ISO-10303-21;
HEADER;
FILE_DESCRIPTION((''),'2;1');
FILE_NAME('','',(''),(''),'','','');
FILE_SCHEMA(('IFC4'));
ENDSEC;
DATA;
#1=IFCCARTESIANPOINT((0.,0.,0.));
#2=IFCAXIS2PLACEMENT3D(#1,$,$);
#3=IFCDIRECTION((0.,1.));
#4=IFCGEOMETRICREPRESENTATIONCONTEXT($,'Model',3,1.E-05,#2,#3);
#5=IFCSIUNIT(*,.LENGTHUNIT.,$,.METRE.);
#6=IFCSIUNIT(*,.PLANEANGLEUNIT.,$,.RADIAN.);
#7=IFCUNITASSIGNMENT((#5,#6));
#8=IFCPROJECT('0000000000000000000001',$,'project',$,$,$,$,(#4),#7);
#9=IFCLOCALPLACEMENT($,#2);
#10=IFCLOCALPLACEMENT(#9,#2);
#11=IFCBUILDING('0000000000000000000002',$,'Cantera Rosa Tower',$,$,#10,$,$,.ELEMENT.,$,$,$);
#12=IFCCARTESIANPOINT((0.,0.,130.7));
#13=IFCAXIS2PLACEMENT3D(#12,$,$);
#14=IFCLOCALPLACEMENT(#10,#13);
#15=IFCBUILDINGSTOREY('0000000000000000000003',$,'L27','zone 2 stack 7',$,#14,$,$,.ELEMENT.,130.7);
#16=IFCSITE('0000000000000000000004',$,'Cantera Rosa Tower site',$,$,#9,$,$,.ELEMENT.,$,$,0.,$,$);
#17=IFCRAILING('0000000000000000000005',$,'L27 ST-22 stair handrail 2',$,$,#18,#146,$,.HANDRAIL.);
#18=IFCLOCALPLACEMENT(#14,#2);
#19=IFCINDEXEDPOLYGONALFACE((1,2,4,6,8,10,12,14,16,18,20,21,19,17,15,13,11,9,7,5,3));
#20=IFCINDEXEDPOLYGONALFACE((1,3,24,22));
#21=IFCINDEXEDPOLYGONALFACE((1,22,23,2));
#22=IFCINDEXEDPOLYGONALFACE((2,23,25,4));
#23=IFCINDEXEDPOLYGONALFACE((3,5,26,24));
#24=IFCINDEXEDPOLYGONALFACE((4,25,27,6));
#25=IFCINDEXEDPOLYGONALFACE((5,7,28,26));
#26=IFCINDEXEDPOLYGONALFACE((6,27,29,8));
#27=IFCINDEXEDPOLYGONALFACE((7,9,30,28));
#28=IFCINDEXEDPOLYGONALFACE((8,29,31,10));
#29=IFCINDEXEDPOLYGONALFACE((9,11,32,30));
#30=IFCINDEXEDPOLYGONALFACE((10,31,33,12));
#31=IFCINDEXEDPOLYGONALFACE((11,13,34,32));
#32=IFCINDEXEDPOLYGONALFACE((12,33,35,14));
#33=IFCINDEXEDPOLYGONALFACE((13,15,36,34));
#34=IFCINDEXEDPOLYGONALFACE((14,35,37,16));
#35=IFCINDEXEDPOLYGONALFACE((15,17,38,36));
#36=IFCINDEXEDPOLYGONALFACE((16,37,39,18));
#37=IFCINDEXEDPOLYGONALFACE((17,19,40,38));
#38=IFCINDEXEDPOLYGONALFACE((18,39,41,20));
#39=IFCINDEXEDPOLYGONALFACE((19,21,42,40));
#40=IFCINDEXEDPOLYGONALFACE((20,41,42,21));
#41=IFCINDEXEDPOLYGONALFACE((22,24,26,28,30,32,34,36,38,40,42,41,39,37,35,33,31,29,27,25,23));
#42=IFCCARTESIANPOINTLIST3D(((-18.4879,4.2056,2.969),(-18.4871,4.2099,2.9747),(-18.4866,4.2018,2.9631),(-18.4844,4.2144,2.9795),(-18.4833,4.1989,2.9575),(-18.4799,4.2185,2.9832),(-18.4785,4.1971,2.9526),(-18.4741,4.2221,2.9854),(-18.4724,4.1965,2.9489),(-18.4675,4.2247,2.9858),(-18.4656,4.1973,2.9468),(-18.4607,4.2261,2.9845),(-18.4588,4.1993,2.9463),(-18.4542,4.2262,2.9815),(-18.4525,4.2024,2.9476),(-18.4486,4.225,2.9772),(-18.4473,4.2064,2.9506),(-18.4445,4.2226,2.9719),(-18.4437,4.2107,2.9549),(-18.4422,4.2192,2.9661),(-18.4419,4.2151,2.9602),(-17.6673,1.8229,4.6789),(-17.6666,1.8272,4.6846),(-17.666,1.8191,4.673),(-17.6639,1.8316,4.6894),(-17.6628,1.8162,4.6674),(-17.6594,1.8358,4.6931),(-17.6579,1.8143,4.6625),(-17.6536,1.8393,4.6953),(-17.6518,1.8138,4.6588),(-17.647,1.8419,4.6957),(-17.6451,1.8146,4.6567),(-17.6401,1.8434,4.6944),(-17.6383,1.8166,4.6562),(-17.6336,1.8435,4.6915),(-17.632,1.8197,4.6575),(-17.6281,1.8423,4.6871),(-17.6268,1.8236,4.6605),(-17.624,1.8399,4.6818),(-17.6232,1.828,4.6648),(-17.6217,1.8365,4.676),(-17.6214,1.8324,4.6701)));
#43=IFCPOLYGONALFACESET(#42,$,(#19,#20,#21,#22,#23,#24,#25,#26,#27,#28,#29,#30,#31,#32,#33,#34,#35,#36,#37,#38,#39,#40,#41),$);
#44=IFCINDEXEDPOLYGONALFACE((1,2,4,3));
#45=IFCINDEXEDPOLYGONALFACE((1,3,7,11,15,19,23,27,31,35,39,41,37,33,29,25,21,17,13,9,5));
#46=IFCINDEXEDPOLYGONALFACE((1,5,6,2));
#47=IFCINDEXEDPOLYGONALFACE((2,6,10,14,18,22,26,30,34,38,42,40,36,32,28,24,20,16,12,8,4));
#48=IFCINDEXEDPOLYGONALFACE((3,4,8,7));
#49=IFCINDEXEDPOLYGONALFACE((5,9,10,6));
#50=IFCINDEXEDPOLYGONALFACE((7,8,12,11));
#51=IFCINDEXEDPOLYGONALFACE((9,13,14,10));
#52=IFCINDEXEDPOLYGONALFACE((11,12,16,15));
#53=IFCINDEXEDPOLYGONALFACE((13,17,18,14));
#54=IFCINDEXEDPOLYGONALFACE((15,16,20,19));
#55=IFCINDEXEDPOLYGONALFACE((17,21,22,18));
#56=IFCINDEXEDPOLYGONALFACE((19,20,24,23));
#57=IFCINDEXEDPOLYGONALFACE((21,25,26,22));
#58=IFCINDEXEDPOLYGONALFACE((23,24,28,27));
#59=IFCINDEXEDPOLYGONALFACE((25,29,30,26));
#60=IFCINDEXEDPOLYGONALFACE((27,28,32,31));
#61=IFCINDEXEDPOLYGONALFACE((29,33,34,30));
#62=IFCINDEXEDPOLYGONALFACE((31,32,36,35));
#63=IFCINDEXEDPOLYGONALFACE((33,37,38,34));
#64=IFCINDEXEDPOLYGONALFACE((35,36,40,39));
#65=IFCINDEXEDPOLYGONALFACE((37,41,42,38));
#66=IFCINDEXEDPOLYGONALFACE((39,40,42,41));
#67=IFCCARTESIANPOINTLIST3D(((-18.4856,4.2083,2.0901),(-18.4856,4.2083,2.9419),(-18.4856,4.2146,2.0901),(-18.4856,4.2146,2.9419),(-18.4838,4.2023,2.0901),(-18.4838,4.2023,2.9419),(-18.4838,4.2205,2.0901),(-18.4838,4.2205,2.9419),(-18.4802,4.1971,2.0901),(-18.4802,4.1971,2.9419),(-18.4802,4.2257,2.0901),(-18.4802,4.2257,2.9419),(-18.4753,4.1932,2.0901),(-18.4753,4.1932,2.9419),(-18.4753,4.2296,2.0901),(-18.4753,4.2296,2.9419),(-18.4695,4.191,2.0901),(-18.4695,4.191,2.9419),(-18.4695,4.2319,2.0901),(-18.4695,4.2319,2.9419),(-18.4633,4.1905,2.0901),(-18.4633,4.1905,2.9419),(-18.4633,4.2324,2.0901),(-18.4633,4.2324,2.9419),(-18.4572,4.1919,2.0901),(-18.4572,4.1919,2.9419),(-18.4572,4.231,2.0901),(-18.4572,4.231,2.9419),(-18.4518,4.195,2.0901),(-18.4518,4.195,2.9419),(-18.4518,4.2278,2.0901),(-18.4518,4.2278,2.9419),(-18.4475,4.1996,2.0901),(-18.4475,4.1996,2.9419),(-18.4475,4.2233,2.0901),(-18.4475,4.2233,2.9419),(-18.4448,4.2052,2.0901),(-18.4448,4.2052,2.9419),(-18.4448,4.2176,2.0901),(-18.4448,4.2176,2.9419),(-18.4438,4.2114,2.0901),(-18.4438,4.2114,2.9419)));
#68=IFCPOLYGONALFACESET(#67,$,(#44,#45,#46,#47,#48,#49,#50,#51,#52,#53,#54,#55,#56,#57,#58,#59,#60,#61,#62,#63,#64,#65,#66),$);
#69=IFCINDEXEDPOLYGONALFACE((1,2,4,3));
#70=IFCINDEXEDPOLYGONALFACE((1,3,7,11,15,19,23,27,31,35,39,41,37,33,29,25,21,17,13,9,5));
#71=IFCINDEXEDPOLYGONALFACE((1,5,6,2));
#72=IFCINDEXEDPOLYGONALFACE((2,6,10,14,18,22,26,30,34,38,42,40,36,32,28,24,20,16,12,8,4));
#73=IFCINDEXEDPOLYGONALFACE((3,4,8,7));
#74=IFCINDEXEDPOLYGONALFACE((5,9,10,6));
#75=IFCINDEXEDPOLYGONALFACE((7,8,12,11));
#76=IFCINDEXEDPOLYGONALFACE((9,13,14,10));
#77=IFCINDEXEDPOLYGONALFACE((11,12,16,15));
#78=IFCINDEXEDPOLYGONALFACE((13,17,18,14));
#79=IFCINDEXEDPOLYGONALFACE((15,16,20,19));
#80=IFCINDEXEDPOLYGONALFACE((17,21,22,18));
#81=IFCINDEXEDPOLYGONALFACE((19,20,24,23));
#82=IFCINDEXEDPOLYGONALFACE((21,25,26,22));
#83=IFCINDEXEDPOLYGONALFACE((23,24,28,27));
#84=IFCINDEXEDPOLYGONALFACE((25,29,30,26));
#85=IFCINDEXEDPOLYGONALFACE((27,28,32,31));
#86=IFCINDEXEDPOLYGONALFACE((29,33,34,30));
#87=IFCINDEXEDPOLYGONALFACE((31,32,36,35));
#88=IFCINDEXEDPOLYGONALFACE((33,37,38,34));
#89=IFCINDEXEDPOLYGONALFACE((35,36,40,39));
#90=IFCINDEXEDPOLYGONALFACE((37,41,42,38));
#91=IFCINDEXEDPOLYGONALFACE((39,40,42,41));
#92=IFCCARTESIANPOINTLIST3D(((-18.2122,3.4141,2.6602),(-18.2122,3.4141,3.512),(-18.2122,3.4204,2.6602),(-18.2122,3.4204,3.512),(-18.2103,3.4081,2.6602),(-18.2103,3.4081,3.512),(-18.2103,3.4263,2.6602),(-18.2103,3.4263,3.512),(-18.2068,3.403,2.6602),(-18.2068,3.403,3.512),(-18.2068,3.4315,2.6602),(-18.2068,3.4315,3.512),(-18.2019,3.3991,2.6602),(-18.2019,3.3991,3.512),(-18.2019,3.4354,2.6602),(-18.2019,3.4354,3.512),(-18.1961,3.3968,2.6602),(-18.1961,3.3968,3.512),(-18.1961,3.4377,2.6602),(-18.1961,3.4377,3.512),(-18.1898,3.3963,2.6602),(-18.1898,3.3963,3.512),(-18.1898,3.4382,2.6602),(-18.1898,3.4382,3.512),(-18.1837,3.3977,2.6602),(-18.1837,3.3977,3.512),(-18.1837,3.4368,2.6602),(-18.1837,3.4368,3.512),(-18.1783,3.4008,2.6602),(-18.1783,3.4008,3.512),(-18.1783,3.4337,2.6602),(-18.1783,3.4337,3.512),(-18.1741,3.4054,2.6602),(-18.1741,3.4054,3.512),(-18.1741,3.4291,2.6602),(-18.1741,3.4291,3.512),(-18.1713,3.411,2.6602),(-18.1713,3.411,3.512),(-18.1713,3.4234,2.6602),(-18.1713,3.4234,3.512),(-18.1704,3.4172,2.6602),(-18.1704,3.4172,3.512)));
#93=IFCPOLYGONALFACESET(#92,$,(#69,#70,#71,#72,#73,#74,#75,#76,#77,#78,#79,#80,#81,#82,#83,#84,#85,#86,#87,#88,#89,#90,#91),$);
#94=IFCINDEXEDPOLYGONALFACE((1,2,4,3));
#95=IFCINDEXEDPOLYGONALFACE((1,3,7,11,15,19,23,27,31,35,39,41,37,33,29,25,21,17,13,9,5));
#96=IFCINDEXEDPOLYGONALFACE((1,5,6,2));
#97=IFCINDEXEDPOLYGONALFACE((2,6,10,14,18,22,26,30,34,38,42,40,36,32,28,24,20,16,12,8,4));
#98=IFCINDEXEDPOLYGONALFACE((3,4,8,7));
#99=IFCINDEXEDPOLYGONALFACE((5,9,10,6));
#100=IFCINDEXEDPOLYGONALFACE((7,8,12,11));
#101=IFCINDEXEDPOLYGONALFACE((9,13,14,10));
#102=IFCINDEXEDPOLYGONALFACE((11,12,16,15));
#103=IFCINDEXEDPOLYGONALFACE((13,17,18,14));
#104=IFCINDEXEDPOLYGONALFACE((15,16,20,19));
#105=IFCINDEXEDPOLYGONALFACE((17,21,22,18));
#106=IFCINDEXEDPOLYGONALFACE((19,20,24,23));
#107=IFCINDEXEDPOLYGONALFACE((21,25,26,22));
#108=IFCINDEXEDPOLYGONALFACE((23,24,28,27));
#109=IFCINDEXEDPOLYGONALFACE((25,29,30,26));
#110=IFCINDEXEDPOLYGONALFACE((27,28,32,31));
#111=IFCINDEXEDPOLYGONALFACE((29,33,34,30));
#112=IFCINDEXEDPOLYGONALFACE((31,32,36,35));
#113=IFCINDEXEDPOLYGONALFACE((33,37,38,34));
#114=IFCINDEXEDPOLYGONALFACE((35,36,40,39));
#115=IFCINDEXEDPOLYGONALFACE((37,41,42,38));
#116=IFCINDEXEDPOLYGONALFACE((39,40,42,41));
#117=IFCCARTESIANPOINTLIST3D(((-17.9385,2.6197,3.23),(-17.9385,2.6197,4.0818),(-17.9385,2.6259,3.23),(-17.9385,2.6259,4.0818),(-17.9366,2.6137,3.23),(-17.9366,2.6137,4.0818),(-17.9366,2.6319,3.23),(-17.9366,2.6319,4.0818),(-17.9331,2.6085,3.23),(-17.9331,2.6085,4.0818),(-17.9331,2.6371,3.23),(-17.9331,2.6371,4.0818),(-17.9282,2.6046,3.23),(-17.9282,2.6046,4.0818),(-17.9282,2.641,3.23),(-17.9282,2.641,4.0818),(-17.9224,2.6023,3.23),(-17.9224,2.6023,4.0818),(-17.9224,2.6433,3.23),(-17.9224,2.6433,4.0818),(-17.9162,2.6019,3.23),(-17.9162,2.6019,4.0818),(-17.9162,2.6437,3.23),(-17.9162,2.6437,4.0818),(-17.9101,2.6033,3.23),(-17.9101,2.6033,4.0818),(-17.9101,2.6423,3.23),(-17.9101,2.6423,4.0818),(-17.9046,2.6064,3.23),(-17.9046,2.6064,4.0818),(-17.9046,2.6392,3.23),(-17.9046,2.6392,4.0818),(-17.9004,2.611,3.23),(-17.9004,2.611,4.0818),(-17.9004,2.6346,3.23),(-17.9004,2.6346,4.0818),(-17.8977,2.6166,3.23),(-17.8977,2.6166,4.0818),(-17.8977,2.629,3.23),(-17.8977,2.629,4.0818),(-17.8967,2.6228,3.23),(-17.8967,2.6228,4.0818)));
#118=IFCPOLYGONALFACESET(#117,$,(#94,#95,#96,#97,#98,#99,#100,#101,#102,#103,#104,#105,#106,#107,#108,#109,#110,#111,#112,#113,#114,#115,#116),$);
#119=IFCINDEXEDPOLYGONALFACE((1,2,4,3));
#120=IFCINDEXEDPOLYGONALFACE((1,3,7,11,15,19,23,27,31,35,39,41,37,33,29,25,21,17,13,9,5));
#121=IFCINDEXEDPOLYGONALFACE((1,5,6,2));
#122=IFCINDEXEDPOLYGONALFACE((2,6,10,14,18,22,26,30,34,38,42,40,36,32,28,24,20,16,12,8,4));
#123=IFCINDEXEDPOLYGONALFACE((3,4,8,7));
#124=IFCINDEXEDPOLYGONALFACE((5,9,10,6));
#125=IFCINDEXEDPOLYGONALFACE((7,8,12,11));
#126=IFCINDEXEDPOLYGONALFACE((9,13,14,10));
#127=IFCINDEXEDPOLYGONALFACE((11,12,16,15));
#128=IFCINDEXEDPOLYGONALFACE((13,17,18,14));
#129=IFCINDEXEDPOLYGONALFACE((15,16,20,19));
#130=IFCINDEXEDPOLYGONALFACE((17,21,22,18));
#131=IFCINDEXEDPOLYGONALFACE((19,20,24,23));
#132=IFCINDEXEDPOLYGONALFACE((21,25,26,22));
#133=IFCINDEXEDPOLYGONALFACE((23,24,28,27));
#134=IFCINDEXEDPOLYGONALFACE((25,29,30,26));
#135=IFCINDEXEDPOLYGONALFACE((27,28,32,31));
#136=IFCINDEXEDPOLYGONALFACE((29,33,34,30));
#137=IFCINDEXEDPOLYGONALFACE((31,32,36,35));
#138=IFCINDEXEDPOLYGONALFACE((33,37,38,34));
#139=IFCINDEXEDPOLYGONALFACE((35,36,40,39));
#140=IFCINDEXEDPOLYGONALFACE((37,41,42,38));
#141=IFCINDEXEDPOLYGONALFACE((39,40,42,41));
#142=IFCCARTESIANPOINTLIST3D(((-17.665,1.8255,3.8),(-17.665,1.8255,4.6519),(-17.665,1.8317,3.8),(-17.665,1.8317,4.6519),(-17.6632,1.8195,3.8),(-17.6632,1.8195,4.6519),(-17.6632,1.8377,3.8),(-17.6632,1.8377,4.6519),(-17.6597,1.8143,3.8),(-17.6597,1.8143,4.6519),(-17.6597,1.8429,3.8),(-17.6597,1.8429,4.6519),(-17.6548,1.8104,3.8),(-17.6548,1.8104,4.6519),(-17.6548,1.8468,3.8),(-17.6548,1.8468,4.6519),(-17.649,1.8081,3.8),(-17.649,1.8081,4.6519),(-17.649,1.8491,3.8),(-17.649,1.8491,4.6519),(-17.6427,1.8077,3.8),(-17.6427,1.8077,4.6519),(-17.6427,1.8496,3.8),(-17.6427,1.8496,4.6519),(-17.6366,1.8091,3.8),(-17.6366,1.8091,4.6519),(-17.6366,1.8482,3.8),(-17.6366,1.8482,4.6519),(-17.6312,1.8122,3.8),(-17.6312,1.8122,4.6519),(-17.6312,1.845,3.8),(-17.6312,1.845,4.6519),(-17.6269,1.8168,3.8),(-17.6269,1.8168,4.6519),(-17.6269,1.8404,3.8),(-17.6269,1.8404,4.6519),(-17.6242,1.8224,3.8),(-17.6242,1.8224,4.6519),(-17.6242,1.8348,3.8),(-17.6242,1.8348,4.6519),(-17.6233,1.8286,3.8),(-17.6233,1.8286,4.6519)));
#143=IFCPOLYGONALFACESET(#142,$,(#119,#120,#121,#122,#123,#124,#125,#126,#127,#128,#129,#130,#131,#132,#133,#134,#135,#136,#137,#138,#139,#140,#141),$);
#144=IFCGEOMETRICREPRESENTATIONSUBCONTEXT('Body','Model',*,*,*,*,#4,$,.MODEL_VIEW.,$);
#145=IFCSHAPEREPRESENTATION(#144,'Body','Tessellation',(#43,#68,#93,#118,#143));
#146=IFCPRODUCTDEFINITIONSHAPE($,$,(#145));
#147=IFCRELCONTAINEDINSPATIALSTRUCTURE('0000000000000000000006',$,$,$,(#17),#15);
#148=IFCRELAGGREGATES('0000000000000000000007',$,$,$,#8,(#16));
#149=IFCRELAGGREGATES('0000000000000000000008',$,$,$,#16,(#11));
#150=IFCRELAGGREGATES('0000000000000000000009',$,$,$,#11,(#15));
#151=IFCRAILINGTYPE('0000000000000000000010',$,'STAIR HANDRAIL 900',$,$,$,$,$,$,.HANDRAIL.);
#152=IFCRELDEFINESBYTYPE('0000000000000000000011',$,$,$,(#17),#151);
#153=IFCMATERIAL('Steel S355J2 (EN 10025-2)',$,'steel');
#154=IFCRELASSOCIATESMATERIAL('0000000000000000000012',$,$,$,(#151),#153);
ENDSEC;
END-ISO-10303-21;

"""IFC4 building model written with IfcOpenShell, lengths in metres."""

from ifc_helpers import new_model, si_unit, direction, frame, origin, origin_2d, place, context, subcontext, project, spatial, circle, extrude, material, type_object, element, save


model = new_model("IFC4")

# Units and contexts
model_context = context("Model", 3, precision=1e-05, world=origin(), true_north=direction((0.0, 1.0)))
body_context = subcontext(model_context, "Body", "Model", "MODEL_VIEW")
ifc_project = project(units=[si_unit("LENGTHUNIT", "METRE"), si_unit("PLANEANGLEUNIT", "RADIAN")], contexts=[model_context])

# Site, building, storey
site_placement = place(None, origin())
site = spatial("IfcSite", under=ifc_project, at=site_placement, Name="Cantera Rosa Tower site", CompositionType="ELEMENT", RefElevation=0.0)
building_placement = place(site_placement, origin())
building = spatial("IfcBuilding", under=site, at=building_placement, Name="Cantera Rosa Tower", CompositionType="ELEMENT")
storey_placement = place(building_placement, frame((0.0, 0.0, 130.7)))
storey = spatial("IfcBuildingStorey", under=building, at=storey_placement, Name="L27", Description="zone 2 stack 7", CompositionType="ELEMENT", Elevation=130.7)

# Railing
ifc_material_1 = material(Name="Steel S355J2 (EN 10025-2)", Category="steel")
railing_type_1 = type_object("IfcRailingType", Name="STAIR HANDRAIL 900", PredefinedType="HANDRAIL", material=ifc_material_1)
railing_1_placement = place(storey_placement, frame((-18.4648, 4.2114, 2.0901)))
element("IfcRailing", 1, at=railing_1_placement, inside=storey, type_object=railing_type_1, Name="L27 ST-22 stair handrail 2", PredefinedType="HANDRAIL", context=body_context, shape_type="SweptSolid", body=[
    extrude(circle(Radius=0.0239, at=origin_2d()), frame((0.0, 0.0, 0.876), z_axis=(0.269432, -0.782404, 0.561471), x_axis=(0.945508, 0.3256, 0.0)), (0.0, 0.0, 1.0), 3.0454),
    extrude(circle(Radius=0.021, at=origin_2d()), origin(), (0.0, 0.0, 1.0), 0.8518),
    extrude(circle(Radius=0.021, at=origin_2d()), frame((0.2734, -0.7942, 0.5701)), (0.0, 0.0, 1.0), 0.8518),
    extrude(circle(Radius=0.021, at=origin_2d()), frame((0.5471, -1.5886, 1.1399)), (0.0, 0.0, 1.0), 0.8518),
    extrude(circle(Radius=0.021, at=origin_2d()), frame((0.8206, -2.3828, 1.71)), (0.0, 0.0, 1.0), 0.8518),
])

save(model, "model.ifc")
